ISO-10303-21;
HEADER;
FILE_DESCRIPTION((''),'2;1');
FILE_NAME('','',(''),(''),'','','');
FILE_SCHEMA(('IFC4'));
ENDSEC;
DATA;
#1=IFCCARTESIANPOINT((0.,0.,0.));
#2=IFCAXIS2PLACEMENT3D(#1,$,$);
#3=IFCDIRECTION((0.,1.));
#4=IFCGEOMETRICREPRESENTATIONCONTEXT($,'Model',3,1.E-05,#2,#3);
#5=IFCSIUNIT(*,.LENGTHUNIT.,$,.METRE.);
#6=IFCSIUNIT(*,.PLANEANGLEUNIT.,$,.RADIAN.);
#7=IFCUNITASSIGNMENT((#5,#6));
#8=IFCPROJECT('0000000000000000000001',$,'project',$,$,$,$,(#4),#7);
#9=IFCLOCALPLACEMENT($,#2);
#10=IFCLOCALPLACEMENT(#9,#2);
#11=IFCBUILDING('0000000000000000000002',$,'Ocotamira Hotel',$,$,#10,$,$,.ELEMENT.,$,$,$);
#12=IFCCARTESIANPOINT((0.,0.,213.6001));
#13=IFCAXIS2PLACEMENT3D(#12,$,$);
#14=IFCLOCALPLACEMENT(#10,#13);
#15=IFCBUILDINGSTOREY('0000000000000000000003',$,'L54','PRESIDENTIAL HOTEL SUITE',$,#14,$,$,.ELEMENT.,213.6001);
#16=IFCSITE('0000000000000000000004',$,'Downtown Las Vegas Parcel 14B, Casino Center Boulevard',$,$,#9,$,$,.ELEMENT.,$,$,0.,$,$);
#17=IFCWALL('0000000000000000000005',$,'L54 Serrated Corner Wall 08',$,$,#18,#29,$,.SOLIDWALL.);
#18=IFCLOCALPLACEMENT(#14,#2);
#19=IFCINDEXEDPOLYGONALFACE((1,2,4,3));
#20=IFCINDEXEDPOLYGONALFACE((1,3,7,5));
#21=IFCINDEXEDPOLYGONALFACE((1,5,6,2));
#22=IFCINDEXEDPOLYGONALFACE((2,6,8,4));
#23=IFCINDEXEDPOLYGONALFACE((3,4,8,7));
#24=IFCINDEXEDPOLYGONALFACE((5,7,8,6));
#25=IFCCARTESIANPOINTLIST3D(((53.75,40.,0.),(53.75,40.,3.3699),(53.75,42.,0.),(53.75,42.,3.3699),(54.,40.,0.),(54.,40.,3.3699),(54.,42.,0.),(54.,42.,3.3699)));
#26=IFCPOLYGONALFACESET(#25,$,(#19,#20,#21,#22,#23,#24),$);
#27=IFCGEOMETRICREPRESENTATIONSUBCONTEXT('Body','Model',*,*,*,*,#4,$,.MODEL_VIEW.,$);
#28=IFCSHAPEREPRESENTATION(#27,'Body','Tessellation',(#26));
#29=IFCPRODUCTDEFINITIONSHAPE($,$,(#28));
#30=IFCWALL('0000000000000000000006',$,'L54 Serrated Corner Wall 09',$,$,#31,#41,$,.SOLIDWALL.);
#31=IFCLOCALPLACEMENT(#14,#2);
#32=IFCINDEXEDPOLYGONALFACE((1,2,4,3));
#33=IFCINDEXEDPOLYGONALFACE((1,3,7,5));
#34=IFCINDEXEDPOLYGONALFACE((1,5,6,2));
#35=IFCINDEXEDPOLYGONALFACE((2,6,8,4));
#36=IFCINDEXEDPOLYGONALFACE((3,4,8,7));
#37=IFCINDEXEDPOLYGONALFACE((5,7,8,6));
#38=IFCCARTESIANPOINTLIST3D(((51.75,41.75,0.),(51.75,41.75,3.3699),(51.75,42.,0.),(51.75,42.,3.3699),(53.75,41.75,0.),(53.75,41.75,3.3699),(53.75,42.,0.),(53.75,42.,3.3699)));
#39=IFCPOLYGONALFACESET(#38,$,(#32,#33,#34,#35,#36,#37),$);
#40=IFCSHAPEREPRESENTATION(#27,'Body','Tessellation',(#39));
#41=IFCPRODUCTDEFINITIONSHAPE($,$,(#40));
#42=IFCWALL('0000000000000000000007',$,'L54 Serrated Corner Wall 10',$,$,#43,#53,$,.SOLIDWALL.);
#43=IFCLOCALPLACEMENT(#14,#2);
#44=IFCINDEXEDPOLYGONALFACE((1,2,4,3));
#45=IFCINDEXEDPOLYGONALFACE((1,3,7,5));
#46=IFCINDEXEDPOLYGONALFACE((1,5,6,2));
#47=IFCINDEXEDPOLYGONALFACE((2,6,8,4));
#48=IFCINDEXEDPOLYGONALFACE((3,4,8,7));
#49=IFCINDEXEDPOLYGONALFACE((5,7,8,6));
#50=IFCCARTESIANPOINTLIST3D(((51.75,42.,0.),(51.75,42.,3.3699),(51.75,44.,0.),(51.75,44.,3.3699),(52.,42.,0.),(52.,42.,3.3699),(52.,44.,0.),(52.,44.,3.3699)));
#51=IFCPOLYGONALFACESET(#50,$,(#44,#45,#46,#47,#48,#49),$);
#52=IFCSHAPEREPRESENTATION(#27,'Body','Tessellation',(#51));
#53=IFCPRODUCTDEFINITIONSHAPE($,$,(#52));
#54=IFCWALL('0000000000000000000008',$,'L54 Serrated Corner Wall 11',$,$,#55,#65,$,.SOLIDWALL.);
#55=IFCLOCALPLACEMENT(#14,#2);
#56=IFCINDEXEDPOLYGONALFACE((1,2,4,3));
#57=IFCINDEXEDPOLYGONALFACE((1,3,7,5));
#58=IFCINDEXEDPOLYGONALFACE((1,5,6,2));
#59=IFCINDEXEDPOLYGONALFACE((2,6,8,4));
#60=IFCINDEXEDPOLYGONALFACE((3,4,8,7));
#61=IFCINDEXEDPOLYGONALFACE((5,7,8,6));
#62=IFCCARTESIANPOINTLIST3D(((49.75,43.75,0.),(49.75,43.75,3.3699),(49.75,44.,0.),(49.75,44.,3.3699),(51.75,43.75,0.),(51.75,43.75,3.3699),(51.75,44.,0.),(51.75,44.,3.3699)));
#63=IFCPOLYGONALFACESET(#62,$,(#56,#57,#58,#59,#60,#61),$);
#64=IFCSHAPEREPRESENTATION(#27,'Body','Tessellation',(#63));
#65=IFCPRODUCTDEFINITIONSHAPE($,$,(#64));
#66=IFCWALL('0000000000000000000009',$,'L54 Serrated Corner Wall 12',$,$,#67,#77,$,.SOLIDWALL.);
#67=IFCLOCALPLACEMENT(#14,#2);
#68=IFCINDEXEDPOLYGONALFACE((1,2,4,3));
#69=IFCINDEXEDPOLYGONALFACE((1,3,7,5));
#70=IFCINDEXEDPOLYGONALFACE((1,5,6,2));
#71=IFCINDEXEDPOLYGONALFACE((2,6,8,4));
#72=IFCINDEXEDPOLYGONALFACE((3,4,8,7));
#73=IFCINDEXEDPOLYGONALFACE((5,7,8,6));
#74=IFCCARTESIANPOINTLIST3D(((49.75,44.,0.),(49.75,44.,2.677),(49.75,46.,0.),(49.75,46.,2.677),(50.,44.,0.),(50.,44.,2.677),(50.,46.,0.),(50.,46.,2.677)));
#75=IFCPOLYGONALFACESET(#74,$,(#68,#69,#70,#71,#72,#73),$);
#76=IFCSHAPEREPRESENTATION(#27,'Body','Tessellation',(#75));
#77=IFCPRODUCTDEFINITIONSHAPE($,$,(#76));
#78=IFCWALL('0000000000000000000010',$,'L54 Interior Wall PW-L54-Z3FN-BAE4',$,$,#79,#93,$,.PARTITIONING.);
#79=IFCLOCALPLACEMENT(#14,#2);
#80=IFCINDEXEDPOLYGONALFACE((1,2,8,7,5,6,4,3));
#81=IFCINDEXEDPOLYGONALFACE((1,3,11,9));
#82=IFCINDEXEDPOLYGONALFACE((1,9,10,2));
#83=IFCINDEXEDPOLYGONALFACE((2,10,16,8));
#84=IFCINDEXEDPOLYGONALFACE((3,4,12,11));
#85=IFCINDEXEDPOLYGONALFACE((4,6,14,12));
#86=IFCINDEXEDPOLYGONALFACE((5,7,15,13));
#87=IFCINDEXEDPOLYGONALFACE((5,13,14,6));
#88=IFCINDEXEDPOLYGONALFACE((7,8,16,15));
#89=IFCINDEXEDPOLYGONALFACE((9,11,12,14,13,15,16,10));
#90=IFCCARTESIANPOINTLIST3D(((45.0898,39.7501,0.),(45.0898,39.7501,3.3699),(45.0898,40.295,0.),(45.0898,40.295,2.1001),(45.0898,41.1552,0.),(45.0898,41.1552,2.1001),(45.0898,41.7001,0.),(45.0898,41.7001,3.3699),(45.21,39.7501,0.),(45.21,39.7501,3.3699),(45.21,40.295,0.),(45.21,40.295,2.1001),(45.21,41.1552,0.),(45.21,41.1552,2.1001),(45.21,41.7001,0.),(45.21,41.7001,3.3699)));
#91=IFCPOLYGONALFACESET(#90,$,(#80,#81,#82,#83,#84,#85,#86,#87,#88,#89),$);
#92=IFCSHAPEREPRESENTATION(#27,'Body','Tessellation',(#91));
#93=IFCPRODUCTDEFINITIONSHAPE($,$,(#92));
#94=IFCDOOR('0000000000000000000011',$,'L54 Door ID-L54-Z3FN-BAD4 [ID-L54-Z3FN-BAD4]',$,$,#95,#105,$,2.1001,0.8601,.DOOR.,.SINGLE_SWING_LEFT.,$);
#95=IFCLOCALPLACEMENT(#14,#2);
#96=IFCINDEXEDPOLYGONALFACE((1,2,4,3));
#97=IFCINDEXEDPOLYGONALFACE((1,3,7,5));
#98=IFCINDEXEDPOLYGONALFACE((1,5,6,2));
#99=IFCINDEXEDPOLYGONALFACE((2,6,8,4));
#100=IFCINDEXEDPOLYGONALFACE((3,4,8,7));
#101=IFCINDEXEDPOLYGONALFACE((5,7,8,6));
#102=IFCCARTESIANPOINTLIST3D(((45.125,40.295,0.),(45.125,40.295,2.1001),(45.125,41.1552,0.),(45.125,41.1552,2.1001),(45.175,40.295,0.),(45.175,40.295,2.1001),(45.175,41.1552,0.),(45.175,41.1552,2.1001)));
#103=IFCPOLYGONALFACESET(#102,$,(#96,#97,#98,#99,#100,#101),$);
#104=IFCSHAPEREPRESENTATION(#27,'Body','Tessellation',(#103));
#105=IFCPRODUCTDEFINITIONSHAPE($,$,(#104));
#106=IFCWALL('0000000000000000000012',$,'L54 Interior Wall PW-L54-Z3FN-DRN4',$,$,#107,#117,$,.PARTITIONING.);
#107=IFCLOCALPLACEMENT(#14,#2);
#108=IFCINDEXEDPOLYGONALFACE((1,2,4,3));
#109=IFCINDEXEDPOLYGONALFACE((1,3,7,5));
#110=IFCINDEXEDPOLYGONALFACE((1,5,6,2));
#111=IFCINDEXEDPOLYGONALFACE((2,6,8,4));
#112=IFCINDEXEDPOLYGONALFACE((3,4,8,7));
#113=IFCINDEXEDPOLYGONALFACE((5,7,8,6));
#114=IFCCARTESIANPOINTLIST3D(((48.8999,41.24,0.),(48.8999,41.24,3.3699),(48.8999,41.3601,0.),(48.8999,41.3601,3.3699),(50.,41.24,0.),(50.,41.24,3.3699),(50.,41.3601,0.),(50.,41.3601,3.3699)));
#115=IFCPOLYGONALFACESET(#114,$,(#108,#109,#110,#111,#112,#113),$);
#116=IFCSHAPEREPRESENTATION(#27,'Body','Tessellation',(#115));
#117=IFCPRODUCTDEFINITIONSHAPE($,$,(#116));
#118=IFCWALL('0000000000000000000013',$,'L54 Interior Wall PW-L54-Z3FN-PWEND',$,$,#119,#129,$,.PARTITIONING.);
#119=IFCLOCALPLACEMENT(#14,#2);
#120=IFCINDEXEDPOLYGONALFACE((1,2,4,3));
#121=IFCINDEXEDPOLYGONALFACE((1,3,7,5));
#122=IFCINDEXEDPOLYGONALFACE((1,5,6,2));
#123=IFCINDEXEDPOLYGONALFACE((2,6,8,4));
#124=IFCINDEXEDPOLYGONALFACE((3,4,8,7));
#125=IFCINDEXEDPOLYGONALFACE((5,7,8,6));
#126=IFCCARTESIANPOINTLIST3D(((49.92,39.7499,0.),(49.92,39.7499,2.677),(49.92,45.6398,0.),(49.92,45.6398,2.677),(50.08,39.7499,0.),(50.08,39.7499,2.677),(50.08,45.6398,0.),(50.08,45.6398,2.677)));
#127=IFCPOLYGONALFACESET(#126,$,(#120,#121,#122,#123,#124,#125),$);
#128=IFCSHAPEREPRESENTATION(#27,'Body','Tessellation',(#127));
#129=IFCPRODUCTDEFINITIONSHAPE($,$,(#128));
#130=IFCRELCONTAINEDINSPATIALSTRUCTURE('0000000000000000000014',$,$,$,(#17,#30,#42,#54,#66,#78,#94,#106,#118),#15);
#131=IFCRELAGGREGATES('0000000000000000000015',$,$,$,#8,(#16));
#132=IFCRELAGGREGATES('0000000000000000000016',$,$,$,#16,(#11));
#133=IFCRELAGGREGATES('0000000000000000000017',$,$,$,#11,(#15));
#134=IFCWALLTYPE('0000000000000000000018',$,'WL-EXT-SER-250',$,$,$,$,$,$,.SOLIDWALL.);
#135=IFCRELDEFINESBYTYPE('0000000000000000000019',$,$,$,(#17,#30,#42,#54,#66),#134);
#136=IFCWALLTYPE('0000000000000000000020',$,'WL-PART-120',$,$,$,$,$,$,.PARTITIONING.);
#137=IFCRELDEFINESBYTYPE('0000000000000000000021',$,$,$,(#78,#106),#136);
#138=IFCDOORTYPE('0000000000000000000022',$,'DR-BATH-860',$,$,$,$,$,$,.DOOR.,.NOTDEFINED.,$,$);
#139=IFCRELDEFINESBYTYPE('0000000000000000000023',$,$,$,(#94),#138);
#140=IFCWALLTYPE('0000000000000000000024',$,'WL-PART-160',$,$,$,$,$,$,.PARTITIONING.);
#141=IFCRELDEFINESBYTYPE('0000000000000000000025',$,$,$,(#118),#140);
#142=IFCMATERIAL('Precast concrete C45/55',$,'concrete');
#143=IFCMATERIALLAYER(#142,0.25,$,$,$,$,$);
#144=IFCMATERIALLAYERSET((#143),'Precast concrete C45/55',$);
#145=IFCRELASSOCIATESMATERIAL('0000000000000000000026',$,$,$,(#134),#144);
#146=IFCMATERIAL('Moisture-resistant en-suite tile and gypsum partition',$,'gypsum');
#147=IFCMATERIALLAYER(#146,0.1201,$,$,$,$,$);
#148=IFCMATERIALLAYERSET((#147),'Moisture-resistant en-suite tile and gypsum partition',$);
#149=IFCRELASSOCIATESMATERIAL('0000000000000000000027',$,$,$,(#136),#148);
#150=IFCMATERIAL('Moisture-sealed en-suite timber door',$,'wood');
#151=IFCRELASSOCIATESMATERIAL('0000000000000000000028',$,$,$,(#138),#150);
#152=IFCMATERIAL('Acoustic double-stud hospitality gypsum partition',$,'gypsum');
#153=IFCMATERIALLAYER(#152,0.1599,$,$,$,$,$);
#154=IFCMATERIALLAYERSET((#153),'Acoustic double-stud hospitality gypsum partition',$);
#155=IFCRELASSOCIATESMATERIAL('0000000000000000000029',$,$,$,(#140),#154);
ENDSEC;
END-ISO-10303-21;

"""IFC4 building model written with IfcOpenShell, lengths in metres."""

from ifc_helpers import new_model, si_unit, direction, frame, frame_2d, origin, place, context, subcontext, project, spatial, rectangle, extrude, source, transform, mapped, material, layer, layer_set, type_object, element, fill, save


model = new_model("IFC4")

# Units and contexts
model_context = context("Model", 3, precision=1e-05, world=origin(), true_north=direction((0.0, 1.0)))
body_context = subcontext(model_context, "Body", "Model", "MODEL_VIEW")
ifc_project = project(units=[si_unit("LENGTHUNIT", "METRE"), si_unit("PLANEANGLEUNIT", "RADIAN")], contexts=[model_context])

# Site, building, storey
site_placement = place(None, origin())
site = spatial("IfcSite", under=ifc_project, at=site_placement, Name="Downtown Las Vegas Parcel 14B, Casino Center Boulevard", CompositionType="ELEMENT", RefElevation=0.0)
building_placement = place(site_placement, origin())
building = spatial("IfcBuilding", under=site, at=building_placement, Name="Ocotamira Hotel", CompositionType="ELEMENT")
storey_placement = place(building_placement, frame((0.0, 0.0, 213.6001)))
storey = spatial("IfcBuildingStorey", under=building, at=storey_placement, Name="L54", Description="PRESIDENTIAL HOTEL SUITE", CompositionType="ELEMENT", Elevation=213.6001)

# Walls
ifc_material_1 = material(Name="Precast concrete C45/55", Category="concrete")
ifc_layer_1 = layer(ifc_material_1, 0.25)
ifc_layer_set_1 = layer_set([ifc_layer_1], Name="Precast concrete C45/55")
wall_type_1 = type_object("IfcWallType", Name="WL-EXT-SER-250", PredefinedType="SOLIDWALL", material=ifc_layer_set_1)
for number, where, z_axis, x_axis, name in (
    (1, (53.875, 40.0, 0.0), (0.0, 0.0, 1.0), (0.0, 1.0, 0.0), "L54 Serrated Corner Wall 08"),
    (2, (53.75, 41.875, 0.0), (0.0, 0.0, 1.0), (-1.0, 0.0, 0.0), "L54 Serrated Corner Wall 09"),
    (3, (51.875, 42.0, 0.0), (0.0, 0.0, 1.0), (0.0, 1.0, 0.0), "L54 Serrated Corner Wall 10"),
    (4, (51.75, 43.875, 0.0), (0.0, 0.0, 1.0), (-1.0, 0.0, 0.0), "L54 Serrated Corner Wall 11"),
):
    element("IfcWall", number, at=place(storey_placement, frame(where, z_axis=z_axis, x_axis=x_axis)), inside=storey, type_object=wall_type_1, Name=name, PredefinedType="SOLIDWALL", context=body_context, shape_type="SweptSolid", body=[
        extrude(rectangle(XDim=2.0, YDim=0.25, at=frame_2d((1.0, 0.0))), origin(), (0.0, 0.0, 1.0), 3.3699),
    ])
wall_1_placement = place(storey_placement, frame((49.875, 44.0, 0.0), z_axis=(0.0, 0.0, 1.0), x_axis=(0.0, 1.0, 0.0)))
element("IfcWall", 5, at=wall_1_placement, inside=storey, type_object=wall_type_1, Name="L54 Serrated Corner Wall 12", PredefinedType="SOLIDWALL", context=body_context, shape_type="SweptSolid", body=[
    extrude(rectangle(XDim=2.0, YDim=0.25, at=frame_2d((1.0, 0.0))), origin(), (0.0, 0.0, 1.0), 2.677),
])

# Wall, opening, door
ifc_material_2 = material(Name="Moisture-resistant en-suite tile and gypsum partition", Category="gypsum")
ifc_layer_2 = layer(ifc_material_2, 0.1201)
ifc_layer_set_2 = layer_set([ifc_layer_2], Name="Moisture-resistant en-suite tile and gypsum partition")
wall_type_2 = type_object("IfcWallType", Name="WL-PART-120", PredefinedType="PARTITIONING", material=ifc_layer_set_2)
wall_2_placement = place(storey_placement, frame((45.1499, 39.75, 0.0), z_axis=(0.0, 0.0, 1.0), x_axis=(0.0, 1.0, 0.0)))
wall_2 = element("IfcWall", 6, at=wall_2_placement, inside=storey, type_object=wall_type_2, Name="L54 Interior Wall PW-L54-Z3FN-BAE4", PredefinedType="PARTITIONING", context=body_context, shape_type="SweptSolid", body=[
    extrude(rectangle(XDim=1.95, YDim=0.1201, at=frame_2d((0.9751, 0.0))), origin(), (0.0, 0.0, 1.0), 3.3699),
])
opening_1_placement = place(wall_2_placement, frame((0.5449, 0.0, 0.0)))
opening_1 = element("IfcOpeningElement", 7, at=opening_1_placement, cuts=wall_2, PredefinedType="OPENING", context=body_context, shape_type="SweptSolid", body=[
    extrude(rectangle(XDim=0.8601, YDim=2.1001, at=frame_2d((0.4302, 1.05))), frame((0.0, 0.0701, 0.0), z_axis=(0.0, -1.0, 0.0), x_axis=(1.0, 0.0, 0.0)), (0.0, 0.0, 1.0), 0.1401),
])
ifc_material_3 = material(Name="Moisture-sealed en-suite timber door", Category="wood")
door_type_1 = type_object("IfcDoorType", Name="DR-BATH-860", OperationType="NOTDEFINED", PredefinedType="DOOR", material=ifc_material_3)
shared_shape_1 = source(origin(), body_context, "Body", "SweptSolid", [
    extrude(rectangle(XDim=0.8601, YDim=2.1001, at=frame_2d((0.4302, 1.05))), frame((0.0, 0.0249, 0.0), z_axis=(0.0, -1.0, 0.0), x_axis=(1.0, 0.0, 0.0)), (0.0, 0.0, 1.0), 0.05),
])
door_1_placement = place(opening_1_placement, origin())
door_1 = element("IfcDoor", 8, at=door_1_placement, inside=storey, type_object=door_type_1, Name="L54 Door ID-L54-Z3FN-BAD4 [ID-L54-Z3FN-BAD4]", OperationType="SINGLE_SWING_LEFT", OverallHeight=2.1001, OverallWidth=0.8601, PredefinedType="DOOR", context=body_context, shape_type="MappedRepresentation", body=[
    mapped(shared_shape_1, transform((0.0, 0.0, 0.0), scale=1.0)),
])
fill(opening_1, door_1)

# Walls
wall_3_placement = place(storey_placement, frame((48.8999, 41.3, 0.0), z_axis=(0.0, 0.0, 1.0), x_axis=(1.0, 0.0, 0.0)))
element("IfcWall", 9, at=wall_3_placement, inside=storey, type_object=wall_type_2, Name="L54 Interior Wall PW-L54-Z3FN-DRN4", PredefinedType="PARTITIONING", context=body_context, shape_type="SweptSolid", body=[
    extrude(rectangle(XDim=1.1001, YDim=0.1201, at=frame_2d((0.55, 0.0))), origin(), (0.0, 0.0, 1.0), 3.3699),
])
ifc_material_4 = material(Name="Acoustic double-stud hospitality gypsum partition", Category="gypsum")
ifc_layer_3 = layer(ifc_material_4, 0.1599)
ifc_layer_set_3 = layer_set([ifc_layer_3], Name="Acoustic double-stud hospitality gypsum partition")
wall_type_3 = type_object("IfcWallType", Name="WL-PART-160", PredefinedType="PARTITIONING", material=ifc_layer_set_3)
wall_4_placement = place(storey_placement, frame((50.0, 39.75, 0.0), z_axis=(0.0, 0.0, 1.0), x_axis=(0.0, 1.0, 0.0)))
element("IfcWall", 10, at=wall_4_placement, inside=storey, type_object=wall_type_3, Name="L54 Interior Wall PW-L54-Z3FN-PWEND", PredefinedType="PARTITIONING", context=body_context, shape_type="SweptSolid", body=[
    extrude(rectangle(XDim=5.8899, YDim=0.1599, at=frame_2d((2.9448, 0.0))), origin(), (0.0, 0.0, 1.0), 2.677),
])

save(model, "model.ifc")
